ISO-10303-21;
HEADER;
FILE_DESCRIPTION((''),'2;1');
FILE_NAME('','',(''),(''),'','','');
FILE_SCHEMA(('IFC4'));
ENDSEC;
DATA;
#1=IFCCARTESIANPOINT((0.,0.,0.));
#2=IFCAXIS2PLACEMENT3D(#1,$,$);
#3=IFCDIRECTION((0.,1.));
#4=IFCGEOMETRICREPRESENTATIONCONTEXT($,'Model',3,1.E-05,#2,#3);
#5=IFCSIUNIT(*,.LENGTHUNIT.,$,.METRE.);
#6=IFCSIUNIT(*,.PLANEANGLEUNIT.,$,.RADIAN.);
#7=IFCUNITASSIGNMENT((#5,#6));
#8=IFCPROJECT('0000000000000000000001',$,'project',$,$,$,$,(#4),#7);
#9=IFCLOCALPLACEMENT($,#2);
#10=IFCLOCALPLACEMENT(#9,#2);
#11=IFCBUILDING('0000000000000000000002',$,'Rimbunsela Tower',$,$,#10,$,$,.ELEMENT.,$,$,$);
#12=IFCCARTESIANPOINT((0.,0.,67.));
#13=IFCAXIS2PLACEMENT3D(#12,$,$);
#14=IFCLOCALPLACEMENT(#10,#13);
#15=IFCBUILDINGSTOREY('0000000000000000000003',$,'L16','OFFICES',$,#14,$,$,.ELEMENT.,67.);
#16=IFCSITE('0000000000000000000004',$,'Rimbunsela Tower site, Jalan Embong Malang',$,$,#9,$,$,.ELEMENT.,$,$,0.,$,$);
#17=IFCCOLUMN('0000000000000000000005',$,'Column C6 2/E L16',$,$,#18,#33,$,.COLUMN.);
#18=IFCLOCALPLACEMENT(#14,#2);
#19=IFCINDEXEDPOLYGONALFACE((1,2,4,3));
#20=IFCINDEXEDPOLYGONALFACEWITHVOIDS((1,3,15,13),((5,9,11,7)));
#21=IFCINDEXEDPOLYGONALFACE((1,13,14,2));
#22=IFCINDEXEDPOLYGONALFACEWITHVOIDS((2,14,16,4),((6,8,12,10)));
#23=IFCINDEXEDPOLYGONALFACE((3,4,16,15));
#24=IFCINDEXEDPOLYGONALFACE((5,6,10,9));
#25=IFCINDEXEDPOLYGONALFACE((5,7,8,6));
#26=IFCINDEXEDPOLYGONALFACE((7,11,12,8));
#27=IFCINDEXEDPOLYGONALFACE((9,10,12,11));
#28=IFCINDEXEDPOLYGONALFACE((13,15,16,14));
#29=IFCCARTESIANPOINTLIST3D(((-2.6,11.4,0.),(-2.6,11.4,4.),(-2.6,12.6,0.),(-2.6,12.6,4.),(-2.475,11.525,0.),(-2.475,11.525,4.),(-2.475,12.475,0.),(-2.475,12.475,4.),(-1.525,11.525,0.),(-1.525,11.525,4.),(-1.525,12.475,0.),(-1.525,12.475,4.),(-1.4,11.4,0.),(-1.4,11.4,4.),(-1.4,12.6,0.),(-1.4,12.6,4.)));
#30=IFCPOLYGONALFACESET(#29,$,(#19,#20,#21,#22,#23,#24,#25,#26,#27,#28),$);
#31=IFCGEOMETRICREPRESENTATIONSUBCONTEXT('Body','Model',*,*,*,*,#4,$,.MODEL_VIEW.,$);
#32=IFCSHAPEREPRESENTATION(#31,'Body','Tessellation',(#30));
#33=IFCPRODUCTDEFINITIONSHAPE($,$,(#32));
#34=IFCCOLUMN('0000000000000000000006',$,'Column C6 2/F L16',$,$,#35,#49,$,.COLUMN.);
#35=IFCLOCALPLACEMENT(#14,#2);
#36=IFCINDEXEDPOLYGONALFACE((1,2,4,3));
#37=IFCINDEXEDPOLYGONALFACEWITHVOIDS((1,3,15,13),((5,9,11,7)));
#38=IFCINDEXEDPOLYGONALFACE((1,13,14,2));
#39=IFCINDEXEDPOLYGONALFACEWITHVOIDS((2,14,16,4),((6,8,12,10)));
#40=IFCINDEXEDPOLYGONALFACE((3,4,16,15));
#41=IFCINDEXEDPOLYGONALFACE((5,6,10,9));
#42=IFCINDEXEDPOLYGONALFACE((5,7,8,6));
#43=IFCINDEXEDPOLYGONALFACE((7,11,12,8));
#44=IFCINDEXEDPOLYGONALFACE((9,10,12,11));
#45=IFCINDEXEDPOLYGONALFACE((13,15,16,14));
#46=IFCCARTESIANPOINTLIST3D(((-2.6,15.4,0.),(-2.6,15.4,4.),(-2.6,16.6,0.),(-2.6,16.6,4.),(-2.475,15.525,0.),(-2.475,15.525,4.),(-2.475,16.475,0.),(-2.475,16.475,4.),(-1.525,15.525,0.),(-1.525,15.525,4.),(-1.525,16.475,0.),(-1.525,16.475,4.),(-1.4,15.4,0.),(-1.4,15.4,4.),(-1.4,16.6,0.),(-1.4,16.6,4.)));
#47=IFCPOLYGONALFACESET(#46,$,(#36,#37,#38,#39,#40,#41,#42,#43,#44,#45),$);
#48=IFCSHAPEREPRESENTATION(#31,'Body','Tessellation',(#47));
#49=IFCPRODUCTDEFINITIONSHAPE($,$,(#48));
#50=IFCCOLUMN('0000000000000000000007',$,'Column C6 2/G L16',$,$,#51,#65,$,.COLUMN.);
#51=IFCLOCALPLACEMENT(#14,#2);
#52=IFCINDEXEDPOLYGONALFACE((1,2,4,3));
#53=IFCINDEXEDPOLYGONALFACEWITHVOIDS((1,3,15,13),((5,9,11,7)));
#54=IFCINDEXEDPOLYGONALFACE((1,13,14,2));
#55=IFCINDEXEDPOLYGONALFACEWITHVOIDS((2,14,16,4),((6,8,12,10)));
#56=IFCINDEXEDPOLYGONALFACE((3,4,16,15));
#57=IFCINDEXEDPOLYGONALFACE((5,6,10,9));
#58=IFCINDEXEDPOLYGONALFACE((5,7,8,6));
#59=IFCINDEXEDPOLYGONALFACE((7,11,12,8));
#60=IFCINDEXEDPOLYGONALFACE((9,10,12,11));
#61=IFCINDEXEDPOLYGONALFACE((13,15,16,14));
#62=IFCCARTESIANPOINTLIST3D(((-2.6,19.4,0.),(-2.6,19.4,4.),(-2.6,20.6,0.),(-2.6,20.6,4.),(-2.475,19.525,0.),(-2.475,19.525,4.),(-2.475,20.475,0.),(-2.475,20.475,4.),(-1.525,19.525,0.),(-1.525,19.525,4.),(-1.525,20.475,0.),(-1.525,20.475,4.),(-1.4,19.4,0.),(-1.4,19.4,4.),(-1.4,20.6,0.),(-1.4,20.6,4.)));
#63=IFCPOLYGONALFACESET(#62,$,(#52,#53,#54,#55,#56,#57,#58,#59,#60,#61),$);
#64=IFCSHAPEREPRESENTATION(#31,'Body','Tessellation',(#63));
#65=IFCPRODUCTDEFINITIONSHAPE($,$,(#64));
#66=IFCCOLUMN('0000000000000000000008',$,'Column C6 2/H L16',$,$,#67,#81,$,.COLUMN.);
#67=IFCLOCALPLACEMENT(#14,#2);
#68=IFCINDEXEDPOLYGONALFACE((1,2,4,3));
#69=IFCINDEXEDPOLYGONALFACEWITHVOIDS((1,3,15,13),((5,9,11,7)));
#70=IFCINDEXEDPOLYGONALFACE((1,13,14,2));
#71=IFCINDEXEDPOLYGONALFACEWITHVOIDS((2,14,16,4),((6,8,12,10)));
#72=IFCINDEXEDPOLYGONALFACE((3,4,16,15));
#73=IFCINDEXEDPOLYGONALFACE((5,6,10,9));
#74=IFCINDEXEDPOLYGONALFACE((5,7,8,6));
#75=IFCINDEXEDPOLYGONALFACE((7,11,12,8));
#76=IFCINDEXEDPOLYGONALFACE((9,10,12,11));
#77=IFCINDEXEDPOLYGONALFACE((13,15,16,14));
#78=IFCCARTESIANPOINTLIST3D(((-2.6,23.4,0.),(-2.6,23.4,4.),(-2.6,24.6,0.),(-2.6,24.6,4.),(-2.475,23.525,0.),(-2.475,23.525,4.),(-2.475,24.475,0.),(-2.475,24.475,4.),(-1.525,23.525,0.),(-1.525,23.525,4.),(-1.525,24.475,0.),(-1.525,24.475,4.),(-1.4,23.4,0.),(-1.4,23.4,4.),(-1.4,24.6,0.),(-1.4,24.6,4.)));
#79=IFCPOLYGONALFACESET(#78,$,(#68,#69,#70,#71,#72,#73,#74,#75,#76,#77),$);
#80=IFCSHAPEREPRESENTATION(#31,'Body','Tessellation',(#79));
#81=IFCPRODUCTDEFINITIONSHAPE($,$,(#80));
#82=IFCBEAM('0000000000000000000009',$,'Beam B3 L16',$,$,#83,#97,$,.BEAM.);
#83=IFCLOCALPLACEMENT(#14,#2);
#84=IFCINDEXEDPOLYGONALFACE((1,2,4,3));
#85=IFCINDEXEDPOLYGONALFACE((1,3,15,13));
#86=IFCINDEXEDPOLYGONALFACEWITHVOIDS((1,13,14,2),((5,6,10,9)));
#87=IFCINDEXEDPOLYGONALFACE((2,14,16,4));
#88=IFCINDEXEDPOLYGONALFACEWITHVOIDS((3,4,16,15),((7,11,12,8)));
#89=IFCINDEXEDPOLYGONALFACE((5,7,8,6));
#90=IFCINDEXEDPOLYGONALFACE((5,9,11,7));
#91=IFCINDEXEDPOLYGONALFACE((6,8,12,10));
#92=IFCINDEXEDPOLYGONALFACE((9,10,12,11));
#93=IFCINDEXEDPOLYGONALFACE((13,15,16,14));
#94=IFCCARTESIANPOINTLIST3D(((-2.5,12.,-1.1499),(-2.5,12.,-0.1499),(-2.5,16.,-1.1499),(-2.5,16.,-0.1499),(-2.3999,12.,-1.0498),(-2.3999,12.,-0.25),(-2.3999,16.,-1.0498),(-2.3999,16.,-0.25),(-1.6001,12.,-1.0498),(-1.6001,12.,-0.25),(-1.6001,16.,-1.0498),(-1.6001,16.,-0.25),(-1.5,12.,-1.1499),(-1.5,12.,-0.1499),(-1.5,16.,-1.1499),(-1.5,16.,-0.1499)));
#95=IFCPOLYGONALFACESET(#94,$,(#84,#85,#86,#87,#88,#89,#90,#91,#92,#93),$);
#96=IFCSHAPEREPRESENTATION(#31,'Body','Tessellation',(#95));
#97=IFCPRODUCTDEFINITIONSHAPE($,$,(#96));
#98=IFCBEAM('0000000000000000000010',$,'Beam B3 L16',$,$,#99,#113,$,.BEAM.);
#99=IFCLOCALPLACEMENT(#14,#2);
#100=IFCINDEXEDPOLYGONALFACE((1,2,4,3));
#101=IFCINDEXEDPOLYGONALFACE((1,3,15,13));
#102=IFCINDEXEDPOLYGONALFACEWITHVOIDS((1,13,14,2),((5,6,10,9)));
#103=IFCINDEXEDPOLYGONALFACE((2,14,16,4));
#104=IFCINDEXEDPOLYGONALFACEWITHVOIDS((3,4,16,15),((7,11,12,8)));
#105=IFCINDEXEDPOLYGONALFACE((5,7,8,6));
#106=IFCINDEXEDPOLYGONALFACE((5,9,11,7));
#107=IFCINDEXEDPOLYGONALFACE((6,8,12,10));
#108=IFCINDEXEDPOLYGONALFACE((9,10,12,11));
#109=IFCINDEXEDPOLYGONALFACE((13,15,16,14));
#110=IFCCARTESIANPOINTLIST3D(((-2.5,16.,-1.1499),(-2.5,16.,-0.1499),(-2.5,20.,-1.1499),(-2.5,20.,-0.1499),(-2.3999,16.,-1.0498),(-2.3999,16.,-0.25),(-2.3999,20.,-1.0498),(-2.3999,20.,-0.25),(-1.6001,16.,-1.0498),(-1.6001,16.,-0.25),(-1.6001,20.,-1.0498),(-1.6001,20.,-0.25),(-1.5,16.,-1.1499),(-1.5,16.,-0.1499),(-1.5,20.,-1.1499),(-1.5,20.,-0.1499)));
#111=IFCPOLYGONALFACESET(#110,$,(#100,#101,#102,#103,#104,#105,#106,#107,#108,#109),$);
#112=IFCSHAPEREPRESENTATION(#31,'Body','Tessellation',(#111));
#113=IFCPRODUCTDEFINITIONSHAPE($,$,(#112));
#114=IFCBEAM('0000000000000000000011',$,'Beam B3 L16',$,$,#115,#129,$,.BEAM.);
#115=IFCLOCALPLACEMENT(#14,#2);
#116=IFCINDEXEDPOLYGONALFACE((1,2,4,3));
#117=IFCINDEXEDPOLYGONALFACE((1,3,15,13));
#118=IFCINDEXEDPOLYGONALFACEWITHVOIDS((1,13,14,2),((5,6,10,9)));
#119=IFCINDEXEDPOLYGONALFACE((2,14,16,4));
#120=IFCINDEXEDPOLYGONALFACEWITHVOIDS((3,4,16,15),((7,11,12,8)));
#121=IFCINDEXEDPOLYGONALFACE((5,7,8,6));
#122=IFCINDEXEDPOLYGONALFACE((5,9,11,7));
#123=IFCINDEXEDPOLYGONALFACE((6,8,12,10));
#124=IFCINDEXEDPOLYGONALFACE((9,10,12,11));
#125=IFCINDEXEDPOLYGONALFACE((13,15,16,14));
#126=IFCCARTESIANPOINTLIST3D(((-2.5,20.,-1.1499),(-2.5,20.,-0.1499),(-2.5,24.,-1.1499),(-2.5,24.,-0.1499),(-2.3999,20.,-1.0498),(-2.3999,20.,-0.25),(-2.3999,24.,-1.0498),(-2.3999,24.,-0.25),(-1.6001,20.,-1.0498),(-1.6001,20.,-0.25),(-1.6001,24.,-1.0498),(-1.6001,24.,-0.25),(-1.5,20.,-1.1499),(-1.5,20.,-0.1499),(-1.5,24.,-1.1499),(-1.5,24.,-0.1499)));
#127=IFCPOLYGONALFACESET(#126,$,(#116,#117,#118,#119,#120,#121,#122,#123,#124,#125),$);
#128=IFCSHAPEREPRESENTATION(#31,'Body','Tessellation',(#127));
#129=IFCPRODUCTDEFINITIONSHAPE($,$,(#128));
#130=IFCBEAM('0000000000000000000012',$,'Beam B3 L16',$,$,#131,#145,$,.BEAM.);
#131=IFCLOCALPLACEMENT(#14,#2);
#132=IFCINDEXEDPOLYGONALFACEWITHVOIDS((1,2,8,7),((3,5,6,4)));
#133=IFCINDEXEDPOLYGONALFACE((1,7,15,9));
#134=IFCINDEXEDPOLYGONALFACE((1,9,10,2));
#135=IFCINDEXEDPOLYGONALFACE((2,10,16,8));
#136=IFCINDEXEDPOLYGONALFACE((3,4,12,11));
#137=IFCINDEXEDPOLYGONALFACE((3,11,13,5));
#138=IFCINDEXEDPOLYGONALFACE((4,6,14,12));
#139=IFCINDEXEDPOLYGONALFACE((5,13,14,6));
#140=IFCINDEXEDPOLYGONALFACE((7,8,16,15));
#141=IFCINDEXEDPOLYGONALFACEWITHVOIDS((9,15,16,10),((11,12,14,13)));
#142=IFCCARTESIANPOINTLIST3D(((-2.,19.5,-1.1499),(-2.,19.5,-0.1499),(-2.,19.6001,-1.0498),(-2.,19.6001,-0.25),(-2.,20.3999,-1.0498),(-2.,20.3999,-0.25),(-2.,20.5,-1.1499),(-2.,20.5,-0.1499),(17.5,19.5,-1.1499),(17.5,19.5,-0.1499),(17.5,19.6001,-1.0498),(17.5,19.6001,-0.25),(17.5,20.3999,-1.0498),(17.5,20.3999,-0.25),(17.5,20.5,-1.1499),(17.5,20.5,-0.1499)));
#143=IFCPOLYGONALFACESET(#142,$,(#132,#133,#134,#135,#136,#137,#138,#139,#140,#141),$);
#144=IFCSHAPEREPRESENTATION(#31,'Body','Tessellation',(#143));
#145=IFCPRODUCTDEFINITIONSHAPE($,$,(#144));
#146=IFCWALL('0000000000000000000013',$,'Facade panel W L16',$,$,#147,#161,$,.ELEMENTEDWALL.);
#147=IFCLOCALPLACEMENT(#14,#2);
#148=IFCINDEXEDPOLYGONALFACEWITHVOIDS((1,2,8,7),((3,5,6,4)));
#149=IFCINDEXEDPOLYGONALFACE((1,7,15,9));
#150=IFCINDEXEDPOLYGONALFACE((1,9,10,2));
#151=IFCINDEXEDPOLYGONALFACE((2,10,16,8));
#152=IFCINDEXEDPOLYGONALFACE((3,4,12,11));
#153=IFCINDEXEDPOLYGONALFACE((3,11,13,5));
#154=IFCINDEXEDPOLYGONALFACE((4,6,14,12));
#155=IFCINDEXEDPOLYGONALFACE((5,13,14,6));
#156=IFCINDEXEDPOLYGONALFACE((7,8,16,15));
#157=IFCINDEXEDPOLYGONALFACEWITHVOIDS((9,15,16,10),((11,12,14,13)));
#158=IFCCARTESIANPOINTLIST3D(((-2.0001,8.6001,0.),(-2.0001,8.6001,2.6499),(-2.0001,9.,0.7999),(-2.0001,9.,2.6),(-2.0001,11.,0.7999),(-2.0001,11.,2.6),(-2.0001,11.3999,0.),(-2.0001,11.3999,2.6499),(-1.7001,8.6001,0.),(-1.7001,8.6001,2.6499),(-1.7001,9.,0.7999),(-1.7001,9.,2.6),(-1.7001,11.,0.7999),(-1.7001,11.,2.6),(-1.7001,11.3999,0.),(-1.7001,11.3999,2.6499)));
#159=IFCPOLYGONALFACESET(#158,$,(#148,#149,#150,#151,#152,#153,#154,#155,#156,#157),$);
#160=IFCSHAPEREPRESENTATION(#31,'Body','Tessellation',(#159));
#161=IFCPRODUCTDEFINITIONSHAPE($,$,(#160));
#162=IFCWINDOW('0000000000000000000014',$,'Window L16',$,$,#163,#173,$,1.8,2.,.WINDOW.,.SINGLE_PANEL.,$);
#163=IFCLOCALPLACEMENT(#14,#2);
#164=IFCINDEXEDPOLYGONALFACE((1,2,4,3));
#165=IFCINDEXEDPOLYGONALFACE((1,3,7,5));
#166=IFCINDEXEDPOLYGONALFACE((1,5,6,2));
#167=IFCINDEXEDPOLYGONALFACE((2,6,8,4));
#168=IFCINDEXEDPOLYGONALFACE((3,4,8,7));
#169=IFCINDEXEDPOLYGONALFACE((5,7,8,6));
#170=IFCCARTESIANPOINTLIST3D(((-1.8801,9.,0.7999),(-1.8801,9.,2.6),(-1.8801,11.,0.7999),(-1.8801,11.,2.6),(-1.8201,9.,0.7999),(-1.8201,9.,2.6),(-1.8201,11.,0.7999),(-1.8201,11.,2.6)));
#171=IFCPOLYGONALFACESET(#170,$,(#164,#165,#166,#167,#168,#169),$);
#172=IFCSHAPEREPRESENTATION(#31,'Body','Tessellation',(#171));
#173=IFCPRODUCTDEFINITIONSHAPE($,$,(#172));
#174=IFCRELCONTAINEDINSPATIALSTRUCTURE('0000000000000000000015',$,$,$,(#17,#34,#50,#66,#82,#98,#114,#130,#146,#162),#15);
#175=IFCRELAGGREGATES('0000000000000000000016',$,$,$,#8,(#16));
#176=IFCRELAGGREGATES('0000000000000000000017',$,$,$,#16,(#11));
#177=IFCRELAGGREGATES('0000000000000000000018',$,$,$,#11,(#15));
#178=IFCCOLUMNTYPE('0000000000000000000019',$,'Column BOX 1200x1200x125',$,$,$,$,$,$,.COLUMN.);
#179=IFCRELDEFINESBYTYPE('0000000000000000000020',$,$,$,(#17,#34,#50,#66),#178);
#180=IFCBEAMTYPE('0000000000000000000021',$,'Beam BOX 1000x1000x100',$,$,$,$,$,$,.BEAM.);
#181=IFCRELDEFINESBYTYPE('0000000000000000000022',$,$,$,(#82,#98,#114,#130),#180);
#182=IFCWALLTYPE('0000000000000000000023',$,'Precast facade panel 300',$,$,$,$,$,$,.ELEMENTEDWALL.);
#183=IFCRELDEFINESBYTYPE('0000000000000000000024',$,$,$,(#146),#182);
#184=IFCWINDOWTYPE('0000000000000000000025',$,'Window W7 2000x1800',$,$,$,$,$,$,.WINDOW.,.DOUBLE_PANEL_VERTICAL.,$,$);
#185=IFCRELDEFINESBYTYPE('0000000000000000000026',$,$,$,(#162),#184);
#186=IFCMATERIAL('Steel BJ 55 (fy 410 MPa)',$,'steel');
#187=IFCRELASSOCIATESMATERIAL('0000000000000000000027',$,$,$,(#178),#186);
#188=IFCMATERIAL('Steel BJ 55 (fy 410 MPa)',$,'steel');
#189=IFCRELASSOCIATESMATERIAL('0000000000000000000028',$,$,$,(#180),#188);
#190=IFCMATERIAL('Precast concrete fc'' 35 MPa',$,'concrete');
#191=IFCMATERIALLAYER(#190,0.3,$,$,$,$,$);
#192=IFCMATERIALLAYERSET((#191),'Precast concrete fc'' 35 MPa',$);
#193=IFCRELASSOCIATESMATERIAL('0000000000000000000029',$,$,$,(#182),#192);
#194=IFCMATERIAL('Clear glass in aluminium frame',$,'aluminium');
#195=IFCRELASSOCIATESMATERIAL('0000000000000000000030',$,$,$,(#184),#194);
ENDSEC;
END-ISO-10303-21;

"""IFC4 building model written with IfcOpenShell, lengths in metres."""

from ifc_helpers import new_model, si_unit, direction, frame, frame_2d, origin, origin_2d, place, context, subcontext, project, spatial, rectangle, hollow_rectangle, extrude, material, layer, layer_set, material_profile, profile_set, type_object, element, fill, save


model = new_model("IFC4")

# Units and contexts
model_context = context("Model", 3, precision=1e-05, world=origin(), true_north=direction((0.0, 1.0)))
body_context = subcontext(model_context, "Body", "Model", "MODEL_VIEW")
ifc_project = project(units=[si_unit("LENGTHUNIT", "METRE"), si_unit("PLANEANGLEUNIT", "RADIAN")], contexts=[model_context])

# Site, building, storey
site_placement = place(None, origin())
site = spatial("IfcSite", under=ifc_project, at=site_placement, Name="Rimbunsela Tower site, Jalan Embong Malang", CompositionType="ELEMENT", RefElevation=0.0)
building_placement = place(site_placement, origin())
building = spatial("IfcBuilding", under=site, at=building_placement, Name="Rimbunsela Tower", CompositionType="ELEMENT")
storey_placement = place(building_placement, frame((0.0, 0.0, 67.0)))
storey = spatial("IfcBuildingStorey", under=building, at=storey_placement, Name="L16", Description="OFFICES", CompositionType="ELEMENT", Elevation=67.0)

# Columns
ifc_material_1 = material(Name="Steel BJ 55 (fy 410 MPa)", Category="steel")
ifc_material_profile_1 = material_profile(ifc_material_1, hollow_rectangle(XDim=1.2, YDim=1.2, WallThickness=0.125, at=origin_2d()), Name="BOX 1200x1200x125")
ifc_profile_set_1 = profile_set([ifc_material_profile_1], Name="Steel BJ 55 (fy 410 MPa)")
column_type = type_object("IfcColumnType", Name="Column BOX 1200x1200x125", PredefinedType="COLUMN", material=ifc_profile_set_1)
for number, where, z_axis, x_axis, name in (
    (1, (-2.0, 12.0, 0.0), (0.0, 0.0, 1.0), (1.0, 0.0, 0.0), "Column C6 2/E L16"),
    (2, (-2.0, 16.0, 0.0), (0.0, 0.0, 1.0), (1.0, 0.0, 0.0), "Column C6 2/F L16"),
    (3, (-2.0, 20.0, 0.0), (0.0, 0.0, 1.0), (1.0, 0.0, 0.0), "Column C6 2/G L16"),
    (4, (-2.0, 24.0, 0.0), (0.0, 0.0, 1.0), (1.0, 0.0, 0.0), "Column C6 2/H L16"),
):
    element("IfcColumn", number, at=place(storey_placement, frame(where, z_axis=z_axis, x_axis=x_axis)), inside=storey, type_object=column_type, Name=name, PredefinedType="COLUMN", context=body_context, shape_type="SweptSolid", body=[
        extrude(hollow_rectangle(XDim=1.2, YDim=1.2, WallThickness=0.125, at=origin_2d()), origin(), (0.0, 0.0, 1.0), 4.0),
    ])

# Beams
ifc_material_2 = material(Name="Steel BJ 55 (fy 410 MPa)", Category="steel")
ifc_material_profile_2 = material_profile(ifc_material_2, hollow_rectangle(XDim=1.0, YDim=1.0, WallThickness=0.1001, at=origin_2d()), Name="BOX 1000x1000x100")
ifc_profile_set_2 = profile_set([ifc_material_profile_2], Name="Steel BJ 55 (fy 410 MPa)")
beam_type = type_object("IfcBeamType", Name="Beam BOX 1000x1000x100", PredefinedType="BEAM", material=ifc_profile_set_2)
for number, where, z_axis, x_axis, name in (
    (5, (-2.0, 12.0, -0.6499), (0.0, 1.0, 0.0), (-1.0, 0.0, 0.0), "Beam B3 L16"),
    (6, (-2.0, 16.0, -0.6499), (0.0, 1.0, 0.0), (-1.0, 0.0, 0.0), "Beam B3 L16"),
    (7, (-2.0, 20.0, -0.6499), (0.0, 1.0, 0.0), (-1.0, 0.0, 0.0), "Beam B3 L16"),
):
    element("IfcBeam", number, at=place(storey_placement, frame(where, z_axis=z_axis, x_axis=x_axis)), inside=storey, type_object=beam_type, Name=name, PredefinedType="BEAM", context=body_context, shape_type="SweptSolid", body=[
        extrude(hollow_rectangle(XDim=1.0, YDim=1.0, WallThickness=0.1001, at=origin_2d()), origin(), (0.0, 0.0, 1.0), 4.0),
    ])
beam_placement = place(storey_placement, frame((-2.0, 20.0, -0.6499), z_axis=(1.0, 0.0, 0.0), x_axis=(0.0, 1.0, 0.0)))
element("IfcBeam", 8, at=beam_placement, inside=storey, type_object=beam_type, Name="Beam B3 L16", PredefinedType="BEAM", context=body_context, shape_type="SweptSolid", body=[
    extrude(hollow_rectangle(XDim=1.0, YDim=1.0, WallThickness=0.1001, at=origin_2d()), origin(), (0.0, 0.0, 1.0), 19.5),
])

# Wall, opening, window
ifc_material_3 = material(Name="Precast concrete fc' 35 MPa", Category="concrete")
ifc_layer_1 = layer(ifc_material_3, 0.3)
ifc_layer_set_1 = layer_set([ifc_layer_1], Name="Precast concrete fc' 35 MPa")
wall_type = type_object("IfcWallType", Name="Precast facade panel 300", PredefinedType="ELEMENTEDWALL", material=ifc_layer_set_1)
wall_1_placement = place(storey_placement, frame((-1.8501, 11.3999, 0.0), z_axis=(0.0, 0.0, 1.0), x_axis=(0.0, -1.0, 0.0)))
wall_1 = element("IfcWall", 9, at=wall_1_placement, inside=storey, type_object=wall_type, Name="Facade panel W L16", PredefinedType="ELEMENTEDWALL", context=body_context, shape_type="SweptSolid", body=[
    extrude(rectangle(XDim=2.7998, YDim=0.3, at=frame_2d((1.3999, 0.0))), origin(), (0.0, 0.0, 1.0), 2.6499),
])
opening_1_placement = place(wall_1_placement, frame((0.3999, 0.0, 0.8)))
opening_1 = element("IfcOpeningElement", 10, at=opening_1_placement, cuts=wall_1, PredefinedType="OPENING", context=body_context, shape_type="SweptSolid", body=[
    extrude(rectangle(XDim=2.0, YDim=1.8, at=frame_2d((1.0, 0.8999))), frame((0.0, 0.1599, 0.0), z_axis=(0.0, -1.0, 0.0), x_axis=(1.0, 0.0, 0.0)), (0.0, 0.0, 1.0), 0.3201),
])
ifc_material_4 = material(Name="Clear glass in aluminium frame", Category="aluminium")
window_type = type_object("IfcWindowType", Name="Window W7 2000x1800", PartitioningType="DOUBLE_PANEL_VERTICAL", PredefinedType="WINDOW", material=ifc_material_4)
window_1_placement = place(opening_1_placement, origin())
window_1 = element("IfcWindow", 11, at=window_1_placement, inside=storey, type_object=window_type, Name="Window L16", OverallHeight=1.8, OverallWidth=2.0, PartitioningType="SINGLE_PANEL", PredefinedType="WINDOW", context=body_context, shape_type="SweptSolid", body=[
    extrude(rectangle(XDim=2.0, YDim=1.8, at=frame_2d((1.0, 0.8999))), frame((0.0, 0.03, 0.0), z_axis=(0.0, -1.0, 0.0), x_axis=(1.0, 0.0, 0.0)), (0.0, 0.0, 1.0), 0.0601),
])
fill(opening_1, window_1)

save(model, "model.ifc")
